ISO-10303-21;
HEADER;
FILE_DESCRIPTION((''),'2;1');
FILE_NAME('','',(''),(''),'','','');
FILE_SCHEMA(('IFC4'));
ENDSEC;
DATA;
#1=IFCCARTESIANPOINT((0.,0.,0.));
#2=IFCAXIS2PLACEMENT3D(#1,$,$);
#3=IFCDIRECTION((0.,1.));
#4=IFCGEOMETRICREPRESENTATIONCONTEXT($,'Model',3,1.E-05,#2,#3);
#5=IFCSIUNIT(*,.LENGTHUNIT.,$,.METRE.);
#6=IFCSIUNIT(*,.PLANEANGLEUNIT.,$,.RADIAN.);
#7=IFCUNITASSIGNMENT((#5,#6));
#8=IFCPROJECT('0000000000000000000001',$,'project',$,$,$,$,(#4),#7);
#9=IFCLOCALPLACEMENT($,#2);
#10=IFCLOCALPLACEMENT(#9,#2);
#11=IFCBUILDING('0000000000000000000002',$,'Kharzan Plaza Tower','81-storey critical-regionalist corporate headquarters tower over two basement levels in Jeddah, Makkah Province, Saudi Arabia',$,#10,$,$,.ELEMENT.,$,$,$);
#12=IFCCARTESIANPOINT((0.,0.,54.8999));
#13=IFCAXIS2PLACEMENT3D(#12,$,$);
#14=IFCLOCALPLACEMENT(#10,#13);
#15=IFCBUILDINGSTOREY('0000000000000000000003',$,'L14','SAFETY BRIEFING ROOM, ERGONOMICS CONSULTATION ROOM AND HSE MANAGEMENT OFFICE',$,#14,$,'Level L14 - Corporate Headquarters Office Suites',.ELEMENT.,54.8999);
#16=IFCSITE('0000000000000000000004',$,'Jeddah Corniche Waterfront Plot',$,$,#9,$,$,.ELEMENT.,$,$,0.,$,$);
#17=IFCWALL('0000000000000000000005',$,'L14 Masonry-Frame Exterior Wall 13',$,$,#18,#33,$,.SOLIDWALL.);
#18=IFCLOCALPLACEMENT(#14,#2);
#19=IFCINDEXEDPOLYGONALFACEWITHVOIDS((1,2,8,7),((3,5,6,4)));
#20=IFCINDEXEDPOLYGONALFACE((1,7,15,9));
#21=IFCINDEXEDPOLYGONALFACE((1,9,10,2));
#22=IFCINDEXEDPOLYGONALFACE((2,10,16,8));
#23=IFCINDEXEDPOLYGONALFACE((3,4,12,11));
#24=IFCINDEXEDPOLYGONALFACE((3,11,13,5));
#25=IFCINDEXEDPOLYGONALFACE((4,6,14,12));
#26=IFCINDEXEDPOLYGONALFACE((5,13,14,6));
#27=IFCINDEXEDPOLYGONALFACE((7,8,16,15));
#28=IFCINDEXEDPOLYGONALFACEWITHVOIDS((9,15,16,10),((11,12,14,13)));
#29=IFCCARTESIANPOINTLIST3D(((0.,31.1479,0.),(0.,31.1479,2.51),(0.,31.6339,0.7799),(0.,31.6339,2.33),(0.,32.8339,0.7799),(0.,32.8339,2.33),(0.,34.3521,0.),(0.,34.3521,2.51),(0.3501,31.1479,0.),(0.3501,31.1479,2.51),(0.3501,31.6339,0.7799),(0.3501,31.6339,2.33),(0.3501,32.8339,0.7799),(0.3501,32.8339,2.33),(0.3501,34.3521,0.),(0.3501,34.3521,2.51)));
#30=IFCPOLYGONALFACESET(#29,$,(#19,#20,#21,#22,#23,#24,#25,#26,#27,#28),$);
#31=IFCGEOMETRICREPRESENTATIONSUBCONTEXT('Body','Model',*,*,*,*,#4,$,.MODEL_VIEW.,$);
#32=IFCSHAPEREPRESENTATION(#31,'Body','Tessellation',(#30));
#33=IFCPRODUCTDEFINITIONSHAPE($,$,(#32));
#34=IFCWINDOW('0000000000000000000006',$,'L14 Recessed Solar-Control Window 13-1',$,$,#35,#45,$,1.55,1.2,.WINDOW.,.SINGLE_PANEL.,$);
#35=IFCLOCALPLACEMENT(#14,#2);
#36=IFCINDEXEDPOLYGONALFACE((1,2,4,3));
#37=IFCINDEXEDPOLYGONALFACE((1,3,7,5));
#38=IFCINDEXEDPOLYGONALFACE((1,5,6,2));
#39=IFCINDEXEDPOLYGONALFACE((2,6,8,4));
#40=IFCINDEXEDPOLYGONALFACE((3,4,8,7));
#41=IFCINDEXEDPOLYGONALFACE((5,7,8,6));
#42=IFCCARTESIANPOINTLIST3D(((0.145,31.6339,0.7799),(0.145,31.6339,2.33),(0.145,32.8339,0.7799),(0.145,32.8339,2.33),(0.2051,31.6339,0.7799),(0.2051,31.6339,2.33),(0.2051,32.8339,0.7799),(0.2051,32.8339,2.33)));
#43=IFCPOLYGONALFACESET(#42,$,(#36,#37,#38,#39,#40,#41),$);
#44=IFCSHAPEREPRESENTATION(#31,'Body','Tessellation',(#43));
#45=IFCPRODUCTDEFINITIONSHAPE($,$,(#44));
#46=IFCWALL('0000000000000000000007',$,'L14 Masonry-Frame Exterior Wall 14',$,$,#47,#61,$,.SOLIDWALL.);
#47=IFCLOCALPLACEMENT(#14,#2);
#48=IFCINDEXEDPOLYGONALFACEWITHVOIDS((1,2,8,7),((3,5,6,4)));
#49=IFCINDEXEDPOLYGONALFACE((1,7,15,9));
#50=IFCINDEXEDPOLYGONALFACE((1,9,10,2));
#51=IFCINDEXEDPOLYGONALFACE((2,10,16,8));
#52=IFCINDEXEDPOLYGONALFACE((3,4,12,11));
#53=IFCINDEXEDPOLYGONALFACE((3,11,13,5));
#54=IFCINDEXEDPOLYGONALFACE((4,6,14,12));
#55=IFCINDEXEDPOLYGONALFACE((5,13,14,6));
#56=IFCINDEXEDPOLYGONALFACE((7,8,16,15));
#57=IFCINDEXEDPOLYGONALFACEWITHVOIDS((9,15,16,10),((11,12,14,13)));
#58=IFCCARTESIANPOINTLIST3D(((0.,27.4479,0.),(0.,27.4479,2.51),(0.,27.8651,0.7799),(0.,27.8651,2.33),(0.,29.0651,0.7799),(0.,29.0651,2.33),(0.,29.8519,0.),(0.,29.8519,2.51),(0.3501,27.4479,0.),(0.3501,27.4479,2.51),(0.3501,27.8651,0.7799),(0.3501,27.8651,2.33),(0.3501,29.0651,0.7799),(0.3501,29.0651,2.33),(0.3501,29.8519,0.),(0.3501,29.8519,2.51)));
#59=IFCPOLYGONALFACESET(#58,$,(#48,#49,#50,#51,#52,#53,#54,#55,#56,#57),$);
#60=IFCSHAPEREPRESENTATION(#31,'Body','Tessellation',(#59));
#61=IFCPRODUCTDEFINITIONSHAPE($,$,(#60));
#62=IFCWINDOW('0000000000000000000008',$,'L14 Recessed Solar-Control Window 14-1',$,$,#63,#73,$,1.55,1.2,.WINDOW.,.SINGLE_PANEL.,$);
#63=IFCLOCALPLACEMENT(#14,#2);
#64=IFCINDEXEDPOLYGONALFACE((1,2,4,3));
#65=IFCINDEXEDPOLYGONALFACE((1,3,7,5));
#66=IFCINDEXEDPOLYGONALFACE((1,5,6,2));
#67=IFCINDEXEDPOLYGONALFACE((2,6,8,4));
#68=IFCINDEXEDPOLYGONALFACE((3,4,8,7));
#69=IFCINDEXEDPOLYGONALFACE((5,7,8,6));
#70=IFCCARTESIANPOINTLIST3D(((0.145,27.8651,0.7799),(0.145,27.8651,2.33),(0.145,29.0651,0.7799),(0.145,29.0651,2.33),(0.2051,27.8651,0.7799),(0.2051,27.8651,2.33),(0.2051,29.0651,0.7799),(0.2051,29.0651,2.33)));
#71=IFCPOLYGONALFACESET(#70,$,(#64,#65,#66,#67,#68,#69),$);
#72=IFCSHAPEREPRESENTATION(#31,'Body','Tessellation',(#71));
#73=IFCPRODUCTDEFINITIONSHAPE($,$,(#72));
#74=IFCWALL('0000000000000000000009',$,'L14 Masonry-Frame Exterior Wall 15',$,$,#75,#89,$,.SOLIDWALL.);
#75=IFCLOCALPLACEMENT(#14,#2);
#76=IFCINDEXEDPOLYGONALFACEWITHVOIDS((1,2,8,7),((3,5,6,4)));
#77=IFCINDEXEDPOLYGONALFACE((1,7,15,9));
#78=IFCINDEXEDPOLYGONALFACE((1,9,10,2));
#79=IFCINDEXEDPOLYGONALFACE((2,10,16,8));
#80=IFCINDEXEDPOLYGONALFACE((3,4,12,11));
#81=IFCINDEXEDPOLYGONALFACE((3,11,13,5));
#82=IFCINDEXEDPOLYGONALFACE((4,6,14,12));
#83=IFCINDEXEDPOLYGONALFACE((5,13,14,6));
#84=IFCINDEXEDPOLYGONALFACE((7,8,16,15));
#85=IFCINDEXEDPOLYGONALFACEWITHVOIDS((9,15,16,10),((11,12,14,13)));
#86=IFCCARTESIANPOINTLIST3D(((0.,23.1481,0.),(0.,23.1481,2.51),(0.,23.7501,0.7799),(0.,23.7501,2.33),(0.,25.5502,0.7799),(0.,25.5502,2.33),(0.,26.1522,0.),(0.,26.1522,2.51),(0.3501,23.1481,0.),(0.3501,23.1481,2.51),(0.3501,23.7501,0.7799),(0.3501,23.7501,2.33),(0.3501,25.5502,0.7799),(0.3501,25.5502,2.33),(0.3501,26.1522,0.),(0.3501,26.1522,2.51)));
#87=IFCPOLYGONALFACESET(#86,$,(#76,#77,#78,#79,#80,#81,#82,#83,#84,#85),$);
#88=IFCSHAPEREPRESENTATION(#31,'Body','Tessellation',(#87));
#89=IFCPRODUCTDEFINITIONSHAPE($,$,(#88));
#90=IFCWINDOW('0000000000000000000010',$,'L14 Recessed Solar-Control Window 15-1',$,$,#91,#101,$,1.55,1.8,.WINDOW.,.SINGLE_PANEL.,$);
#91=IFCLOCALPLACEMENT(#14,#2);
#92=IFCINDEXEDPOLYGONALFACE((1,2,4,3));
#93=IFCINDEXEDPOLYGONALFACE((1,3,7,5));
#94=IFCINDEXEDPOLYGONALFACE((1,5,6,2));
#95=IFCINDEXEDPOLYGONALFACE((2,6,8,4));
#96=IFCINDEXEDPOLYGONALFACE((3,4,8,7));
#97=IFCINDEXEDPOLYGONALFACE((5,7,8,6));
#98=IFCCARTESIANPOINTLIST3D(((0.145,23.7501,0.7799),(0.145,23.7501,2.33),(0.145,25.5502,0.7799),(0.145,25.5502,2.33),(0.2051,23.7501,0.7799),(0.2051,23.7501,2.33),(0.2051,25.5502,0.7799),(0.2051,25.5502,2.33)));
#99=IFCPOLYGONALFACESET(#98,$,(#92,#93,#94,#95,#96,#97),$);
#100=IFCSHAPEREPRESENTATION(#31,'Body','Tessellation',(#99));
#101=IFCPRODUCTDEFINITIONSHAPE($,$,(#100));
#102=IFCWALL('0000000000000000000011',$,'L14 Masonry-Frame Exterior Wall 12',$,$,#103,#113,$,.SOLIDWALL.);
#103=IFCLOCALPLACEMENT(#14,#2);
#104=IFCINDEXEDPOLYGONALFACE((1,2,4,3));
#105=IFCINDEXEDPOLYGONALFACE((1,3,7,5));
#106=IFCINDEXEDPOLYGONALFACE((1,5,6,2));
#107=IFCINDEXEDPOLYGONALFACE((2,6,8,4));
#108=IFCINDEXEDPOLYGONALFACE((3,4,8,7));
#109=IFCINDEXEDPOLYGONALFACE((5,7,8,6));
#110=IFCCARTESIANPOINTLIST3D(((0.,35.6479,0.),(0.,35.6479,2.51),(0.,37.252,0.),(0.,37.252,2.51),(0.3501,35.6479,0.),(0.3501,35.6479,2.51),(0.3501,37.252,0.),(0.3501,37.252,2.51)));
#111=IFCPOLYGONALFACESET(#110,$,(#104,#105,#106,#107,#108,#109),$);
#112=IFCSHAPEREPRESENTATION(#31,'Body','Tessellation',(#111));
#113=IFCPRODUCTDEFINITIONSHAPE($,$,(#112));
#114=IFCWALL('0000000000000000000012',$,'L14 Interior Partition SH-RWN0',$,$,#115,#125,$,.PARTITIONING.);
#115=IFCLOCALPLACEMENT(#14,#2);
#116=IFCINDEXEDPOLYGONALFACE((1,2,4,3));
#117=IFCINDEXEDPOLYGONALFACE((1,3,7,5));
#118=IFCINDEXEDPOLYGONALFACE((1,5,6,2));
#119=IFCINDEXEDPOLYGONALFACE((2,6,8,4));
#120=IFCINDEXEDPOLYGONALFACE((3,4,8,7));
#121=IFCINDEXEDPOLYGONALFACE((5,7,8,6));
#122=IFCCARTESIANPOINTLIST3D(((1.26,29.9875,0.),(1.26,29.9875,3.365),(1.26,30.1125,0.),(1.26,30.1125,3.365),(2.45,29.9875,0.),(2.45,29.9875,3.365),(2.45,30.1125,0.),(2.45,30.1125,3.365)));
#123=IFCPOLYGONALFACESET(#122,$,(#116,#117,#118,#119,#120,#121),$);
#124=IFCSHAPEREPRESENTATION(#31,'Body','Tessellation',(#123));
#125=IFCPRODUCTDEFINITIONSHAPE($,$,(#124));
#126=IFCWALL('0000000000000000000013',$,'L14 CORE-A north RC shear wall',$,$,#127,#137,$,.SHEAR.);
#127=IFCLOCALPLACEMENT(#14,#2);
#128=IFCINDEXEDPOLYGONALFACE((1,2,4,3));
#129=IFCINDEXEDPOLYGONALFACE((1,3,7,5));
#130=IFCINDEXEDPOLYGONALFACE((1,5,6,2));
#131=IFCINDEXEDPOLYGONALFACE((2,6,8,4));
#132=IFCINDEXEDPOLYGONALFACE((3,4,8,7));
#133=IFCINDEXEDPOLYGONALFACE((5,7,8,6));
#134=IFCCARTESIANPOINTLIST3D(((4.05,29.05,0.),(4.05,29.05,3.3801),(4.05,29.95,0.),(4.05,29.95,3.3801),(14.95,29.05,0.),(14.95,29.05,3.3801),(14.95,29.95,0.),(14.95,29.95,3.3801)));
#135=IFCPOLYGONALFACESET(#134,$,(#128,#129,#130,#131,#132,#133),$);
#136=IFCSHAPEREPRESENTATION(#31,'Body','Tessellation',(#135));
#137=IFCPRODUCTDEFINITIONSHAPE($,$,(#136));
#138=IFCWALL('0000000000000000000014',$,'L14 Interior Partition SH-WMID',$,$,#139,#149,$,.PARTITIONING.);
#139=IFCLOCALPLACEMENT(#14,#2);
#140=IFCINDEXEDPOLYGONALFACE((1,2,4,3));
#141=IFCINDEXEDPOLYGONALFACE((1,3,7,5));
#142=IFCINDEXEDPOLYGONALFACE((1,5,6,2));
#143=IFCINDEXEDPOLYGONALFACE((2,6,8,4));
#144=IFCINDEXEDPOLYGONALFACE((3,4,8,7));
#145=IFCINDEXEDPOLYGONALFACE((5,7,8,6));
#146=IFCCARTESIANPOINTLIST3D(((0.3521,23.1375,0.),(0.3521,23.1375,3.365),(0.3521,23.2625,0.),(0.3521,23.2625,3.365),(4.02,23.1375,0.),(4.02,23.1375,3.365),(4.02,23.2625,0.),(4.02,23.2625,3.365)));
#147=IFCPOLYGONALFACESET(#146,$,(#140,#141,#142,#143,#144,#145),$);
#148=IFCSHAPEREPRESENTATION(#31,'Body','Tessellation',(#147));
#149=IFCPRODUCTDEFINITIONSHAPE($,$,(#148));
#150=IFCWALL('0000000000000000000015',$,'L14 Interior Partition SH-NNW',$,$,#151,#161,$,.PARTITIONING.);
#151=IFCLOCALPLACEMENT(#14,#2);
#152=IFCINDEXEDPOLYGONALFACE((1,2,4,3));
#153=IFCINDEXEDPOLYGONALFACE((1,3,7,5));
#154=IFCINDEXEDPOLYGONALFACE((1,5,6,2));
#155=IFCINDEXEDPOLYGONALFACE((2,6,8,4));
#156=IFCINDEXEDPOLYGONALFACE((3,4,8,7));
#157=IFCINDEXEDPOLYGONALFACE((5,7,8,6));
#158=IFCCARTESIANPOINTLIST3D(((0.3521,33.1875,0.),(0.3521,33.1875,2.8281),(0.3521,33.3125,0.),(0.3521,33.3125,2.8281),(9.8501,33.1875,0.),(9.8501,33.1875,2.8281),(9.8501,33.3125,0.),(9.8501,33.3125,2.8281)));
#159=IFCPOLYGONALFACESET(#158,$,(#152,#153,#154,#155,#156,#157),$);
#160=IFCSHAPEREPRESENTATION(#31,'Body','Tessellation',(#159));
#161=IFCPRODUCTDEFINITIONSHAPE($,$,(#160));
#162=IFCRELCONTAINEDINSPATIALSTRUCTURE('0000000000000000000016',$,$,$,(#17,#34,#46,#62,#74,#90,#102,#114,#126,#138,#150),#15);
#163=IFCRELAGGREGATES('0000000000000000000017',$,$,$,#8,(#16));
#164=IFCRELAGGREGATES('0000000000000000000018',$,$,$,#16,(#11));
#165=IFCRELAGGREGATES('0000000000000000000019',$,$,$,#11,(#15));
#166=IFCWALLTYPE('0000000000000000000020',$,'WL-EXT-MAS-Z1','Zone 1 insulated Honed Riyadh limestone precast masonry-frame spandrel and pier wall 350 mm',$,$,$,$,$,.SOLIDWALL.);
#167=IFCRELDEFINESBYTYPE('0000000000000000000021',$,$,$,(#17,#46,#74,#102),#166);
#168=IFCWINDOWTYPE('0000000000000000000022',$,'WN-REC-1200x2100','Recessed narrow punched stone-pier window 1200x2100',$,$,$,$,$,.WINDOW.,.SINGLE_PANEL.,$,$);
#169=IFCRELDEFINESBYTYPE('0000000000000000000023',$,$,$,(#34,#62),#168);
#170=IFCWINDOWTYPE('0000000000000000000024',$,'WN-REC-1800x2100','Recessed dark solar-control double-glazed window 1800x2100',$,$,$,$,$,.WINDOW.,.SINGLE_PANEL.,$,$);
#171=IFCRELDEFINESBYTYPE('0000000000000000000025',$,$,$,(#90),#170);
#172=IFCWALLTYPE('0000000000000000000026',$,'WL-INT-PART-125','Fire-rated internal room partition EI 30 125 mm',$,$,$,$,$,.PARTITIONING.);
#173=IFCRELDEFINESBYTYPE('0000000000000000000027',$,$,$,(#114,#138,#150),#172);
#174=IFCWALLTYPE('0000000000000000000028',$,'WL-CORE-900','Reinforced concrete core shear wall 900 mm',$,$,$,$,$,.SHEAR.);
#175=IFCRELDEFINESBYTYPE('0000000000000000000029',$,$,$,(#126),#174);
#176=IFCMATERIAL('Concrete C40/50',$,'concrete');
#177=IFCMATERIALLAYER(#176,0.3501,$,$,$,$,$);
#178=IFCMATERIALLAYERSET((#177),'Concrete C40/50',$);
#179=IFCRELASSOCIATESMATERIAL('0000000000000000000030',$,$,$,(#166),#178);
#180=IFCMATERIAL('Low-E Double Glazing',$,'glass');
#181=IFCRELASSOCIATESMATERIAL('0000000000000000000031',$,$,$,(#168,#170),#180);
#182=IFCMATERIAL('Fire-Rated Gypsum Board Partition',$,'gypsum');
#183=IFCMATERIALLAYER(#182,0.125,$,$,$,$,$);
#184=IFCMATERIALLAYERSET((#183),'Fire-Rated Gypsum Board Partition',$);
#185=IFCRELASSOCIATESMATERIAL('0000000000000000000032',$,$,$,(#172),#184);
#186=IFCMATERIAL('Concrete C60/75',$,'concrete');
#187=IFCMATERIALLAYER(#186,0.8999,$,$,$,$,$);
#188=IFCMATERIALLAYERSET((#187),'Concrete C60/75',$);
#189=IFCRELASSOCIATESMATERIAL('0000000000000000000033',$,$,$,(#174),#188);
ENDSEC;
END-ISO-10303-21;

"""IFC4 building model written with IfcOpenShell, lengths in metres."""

from ifc_helpers import new_model, si_unit, direction, frame, frame_2d, origin, place, context, subcontext, project, spatial, rectangle, extrude, source, transform, mapped, material, layer, layer_set, type_object, element, fill, save


model = new_model("IFC4")

# Units and contexts
model_context = context("Model", 3, precision=1e-05, world=origin(), true_north=direction((0.0, 1.0)))
body_context = subcontext(model_context, "Body", "Model", "MODEL_VIEW")
ifc_project = project(units=[si_unit("LENGTHUNIT", "METRE"), si_unit("PLANEANGLEUNIT", "RADIAN")], contexts=[model_context])

# Site, building, storey
site_placement = place(None, origin())
site = spatial("IfcSite", under=ifc_project, at=site_placement, Name="Jeddah Corniche Waterfront Plot", CompositionType="ELEMENT", RefElevation=0.0)
building_placement = place(site_placement, origin())
building = spatial("IfcBuilding", under=site, at=building_placement, Name="Kharzan Plaza Tower", Description="81-storey critical-regionalist corporate headquarters tower over two basement levels in Jeddah, Makkah Province, Saudi Arabia", CompositionType="ELEMENT")
storey_placement = place(building_placement, frame((0.0, 0.0, 54.8999)))
storey = spatial("IfcBuildingStorey", under=building, at=storey_placement, Name="L14", Description="SAFETY BRIEFING ROOM, ERGONOMICS CONSULTATION ROOM AND HSE MANAGEMENT OFFICE", LongName="Level L14 - Corporate Headquarters Office Suites", CompositionType="ELEMENT", Elevation=54.8999)

# Shared definitions
ifc_material_1 = material(Name="Concrete C60/75", Category="concrete")

# Walls, openings, windows
ifc_material_2 = material(Name="Concrete C40/50", Category="concrete")
ifc_layer_1 = layer(ifc_material_2, 0.3501)
ifc_layer_set_1 = layer_set([ifc_layer_1], Name="Concrete C40/50")
wall_type_1 = type_object("IfcWallType", Name="WL-EXT-MAS-Z1", Description="Zone 1 insulated Honed Riyadh limestone precast masonry-frame spandrel and pier wall 350 mm", PredefinedType="SOLIDWALL", material=ifc_layer_set_1)
wall_1_placement = place(storey_placement, frame((0.175, 34.3521, 0.0), z_axis=(0.0, 0.0, 1.0), x_axis=(0.0, -1.0, 0.0)))
wall_1 = element("IfcWall", 1, at=wall_1_placement, inside=storey, type_object=wall_type_1, Name="L14 Masonry-Frame Exterior Wall 13", PredefinedType="SOLIDWALL", context=body_context, shape_type="SweptSolid", body=[
    extrude(rectangle(XDim=3.2041, YDim=0.3501, at=frame_2d((1.6021, 0.0))), origin(), (0.0, 0.0, 1.0), 2.51),
])
opening_1_placement = place(wall_1_placement, frame((1.5181, 0.0, 0.78)))
opening_1 = element("IfcOpeningElement", 2, at=opening_1_placement, cuts=wall_1, PredefinedType="OPENING", context=body_context, shape_type="SweptSolid", body=[
    extrude(rectangle(XDim=1.2, YDim=1.55, at=frame_2d((0.6001, 0.7749))), frame((0.0, 0.1851, 0.0), z_axis=(0.0, -1.0, 0.0), x_axis=(1.0, 0.0, 0.0)), (0.0, 0.0, 1.0), 0.3701),
])
ifc_material_3 = material(Name="Low-E Double Glazing", Category="glass")
window_type_1 = type_object("IfcWindowType", Name="WN-REC-1200x2100", Description="Recessed narrow punched stone-pier window 1200x2100", PartitioningType="SINGLE_PANEL", PredefinedType="WINDOW", material=ifc_material_3)
shared_shape_1 = source(origin(), body_context, "Body", "SweptSolid", [
    extrude(rectangle(XDim=1.2, YDim=1.55, at=frame_2d((0.6001, 0.7749))), frame((0.0, 0.03, 0.0), z_axis=(0.0, -1.0, 0.0), x_axis=(1.0, 0.0, 0.0)), (0.0, 0.0, 1.0), 0.0601),
])
window_1_placement = place(opening_1_placement, origin())
window_1 = element("IfcWindow", 3, at=window_1_placement, inside=storey, type_object=window_type_1, Name="L14 Recessed Solar-Control Window 13-1", OverallHeight=1.55, OverallWidth=1.2, PartitioningType="SINGLE_PANEL", PredefinedType="WINDOW", context=body_context, shape_type="MappedRepresentation", body=[
    mapped(shared_shape_1, transform((0.0, 0.0, 0.0), x_axis=(1.0, 0.0, 0.0), y_axis=(0.0, 1.0, 0.0), z_axis=(0.0, 0.0, 1.0))),
])
fill(opening_1, window_1)
wall_2_placement = place(storey_placement, frame((0.175, 29.8521, 0.0), z_axis=(0.0, 0.0, 1.0), x_axis=(0.0, -1.0, 0.0)))
wall_2 = element("IfcWall", 4, at=wall_2_placement, inside=storey, type_object=wall_type_1, Name="L14 Masonry-Frame Exterior Wall 14", PredefinedType="SOLIDWALL", context=body_context, shape_type="SweptSolid", body=[
    extrude(rectangle(XDim=2.4041, YDim=0.3501, at=frame_2d((1.2021, 0.0))), origin(), (0.0, 0.0, 1.0), 2.51),
])
opening_2_placement = place(wall_2_placement, frame((0.7869, 0.0, 0.78)))
opening_2 = element("IfcOpeningElement", 5, at=opening_2_placement, cuts=wall_2, PredefinedType="OPENING", context=body_context, shape_type="SweptSolid", body=[
    extrude(rectangle(XDim=1.2, YDim=1.55, at=frame_2d((0.6001, 0.7749))), frame((0.0, 0.1851, 0.0), z_axis=(0.0, -1.0, 0.0), x_axis=(1.0, 0.0, 0.0)), (0.0, 0.0, 1.0), 0.3701),
])
window_2_placement = place(opening_2_placement, origin())
window_2 = element("IfcWindow", 6, at=window_2_placement, inside=storey, type_object=window_type_1, Name="L14 Recessed Solar-Control Window 14-1", OverallHeight=1.55, OverallWidth=1.2, PartitioningType="SINGLE_PANEL", PredefinedType="WINDOW", context=body_context, shape_type="MappedRepresentation", body=[
    mapped(shared_shape_1, transform((0.0, 0.0, 0.0), x_axis=(1.0, 0.0, 0.0), y_axis=(0.0, 1.0, 0.0), z_axis=(0.0, 0.0, 1.0))),
])
fill(opening_2, window_2)
wall_3_placement = place(storey_placement, frame((0.175, 26.1521, 0.0), z_axis=(0.0, 0.0, 1.0), x_axis=(0.0, -1.0, 0.0)))
wall_3 = element("IfcWall", 7, at=wall_3_placement, inside=storey, type_object=wall_type_1, Name="L14 Masonry-Frame Exterior Wall 15", PredefinedType="SOLIDWALL", context=body_context, shape_type="SweptSolid", body=[
    extrude(rectangle(XDim=3.0042, YDim=0.3501, at=frame_2d((1.502, 0.0))), origin(), (0.0, 0.0, 1.0), 2.51),
])
opening_3_placement = place(wall_3_placement, frame((0.6021, 0.0, 0.78)))
opening_3 = element("IfcOpeningElement", 8, at=opening_3_placement, cuts=wall_3, PredefinedType="OPENING", context=body_context, shape_type="SweptSolid", body=[
    extrude(rectangle(XDim=1.8, YDim=1.55, at=frame_2d((0.8999, 0.7749))), frame((0.0, 0.1851, 0.0), z_axis=(0.0, -1.0, 0.0), x_axis=(1.0, 0.0, 0.0)), (0.0, 0.0, 1.0), 0.3701),
])
window_type_2 = type_object("IfcWindowType", Name="WN-REC-1800x2100", Description="Recessed dark solar-control double-glazed window 1800x2100", PartitioningType="SINGLE_PANEL", PredefinedType="WINDOW", material=ifc_material_3)
shared_shape_2 = source(origin(), body_context, "Body", "SweptSolid", [
    extrude(rectangle(XDim=1.8, YDim=1.55, at=frame_2d((0.8999, 0.7749))), frame((0.0, 0.03, 0.0), z_axis=(0.0, -1.0, 0.0), x_axis=(1.0, 0.0, 0.0)), (0.0, 0.0, 1.0), 0.0601),
])
window_3_placement = place(opening_3_placement, origin())
window_3 = element("IfcWindow", 9, at=window_3_placement, inside=storey, type_object=window_type_2, Name="L14 Recessed Solar-Control Window 15-1", OverallHeight=1.55, OverallWidth=1.8, PartitioningType="SINGLE_PANEL", PredefinedType="WINDOW", context=body_context, shape_type="MappedRepresentation", body=[
    mapped(shared_shape_2, transform((0.0, 0.0, 0.0), x_axis=(1.0, 0.0, 0.0), y_axis=(0.0, 1.0, 0.0), z_axis=(0.0, 0.0, 1.0))),
])
fill(opening_3, window_3)

# Shared definitions
ifc_material_4 = material(Name="Fire-Rated Gypsum Board Partition", Category="gypsum")
ifc_layer_2 = layer(ifc_material_4, 0.125)
ifc_layer_set_2 = layer_set([ifc_layer_2], Name="Fire-Rated Gypsum Board Partition")
wall_type_2 = type_object("IfcWallType", Name="WL-INT-PART-125", Description="Fire-rated internal room partition EI 30 125 mm", PredefinedType="PARTITIONING", material=ifc_layer_set_2)

# Walls
shared_shape_3 = source(origin(), body_context, "Body", "SweptSolid", [
    extrude(rectangle(XDim=1.604, YDim=0.3501, at=frame_2d((0.802, 0.0))), origin(), (0.0, 0.0, 1.0), 2.51),
])
wall_4_placement = place(storey_placement, frame((0.175, 37.252, 0.0), z_axis=(0.0, 0.0, 1.0), x_axis=(0.0, -1.0, 0.0)))
element("IfcWall", 10, at=wall_4_placement, inside=storey, type_object=wall_type_1, Name="L14 Masonry-Frame Exterior Wall 12", PredefinedType="SOLIDWALL", context=body_context, shape_type="MappedRepresentation", body=[
    mapped(shared_shape_3, transform((0.0, 0.0, 0.0), x_axis=(1.0, 0.0, 0.0), y_axis=(0.0, 1.0, 0.0), z_axis=(0.0, 0.0, 1.0))),
])
shared_shape_4 = source(origin(), body_context, "Body", "SweptSolid", [
    extrude(rectangle(XDim=1.1899, YDim=0.125, at=frame_2d((0.595, 0.0))), origin(), (0.0, 0.0, 1.0), 3.365),
])
wall_5_placement = place(storey_placement, frame((1.26, 30.05, 0.0), z_axis=(0.0, 0.0, 1.0), x_axis=(1.0, 0.0, 0.0)))
element("IfcWall", 11, at=wall_5_placement, inside=storey, type_object=wall_type_2, Name="L14 Interior Partition SH-RWN0", PredefinedType="PARTITIONING", context=body_context, shape_type="MappedRepresentation", body=[
    mapped(shared_shape_4, transform((0.0, 0.0, 0.0), x_axis=(1.0, 0.0, 0.0), y_axis=(0.0, 1.0, 0.0), z_axis=(0.0, 0.0, 1.0))),
])
ifc_layer_3 = layer(ifc_material_1, 0.8999)
ifc_layer_set_3 = layer_set([ifc_layer_3], Name="Concrete C60/75")
wall_type_3 = type_object("IfcWallType", Name="WL-CORE-900", Description="Reinforced concrete core shear wall 900 mm", PredefinedType="SHEAR", material=ifc_layer_set_3)
shared_shape_5 = source(origin(), body_context, "Body", "SweptSolid", [
    extrude(rectangle(XDim=10.8999, YDim=0.8999, at=frame_2d((5.45, 0.0))), origin(), (0.0, 0.0, 1.0), 3.3801),
])
wall_6_placement = place(storey_placement, frame((4.05, 29.5, 0.0), z_axis=(0.0, 0.0, 1.0), x_axis=(1.0, 0.0, 0.0)))
element("IfcWall", 12, at=wall_6_placement, inside=storey, type_object=wall_type_3, Name="L14 CORE-A north RC shear wall", PredefinedType="SHEAR", context=body_context, shape_type="MappedRepresentation", body=[
    mapped(shared_shape_5, transform((0.0, 0.0, 0.0), x_axis=(1.0, 0.0, 0.0), y_axis=(0.0, 1.0, 0.0), z_axis=(0.0, 0.0, 1.0))),
])
shared_shape_6 = source(origin(), body_context, "Body", "SweptSolid", [
    extrude(rectangle(XDim=3.668, YDim=0.125, at=frame_2d((1.834, 0.0))), origin(), (0.0, 0.0, 1.0), 3.365),
])
wall_7_placement = place(storey_placement, frame((0.3521, 23.2, 0.0), z_axis=(0.0, 0.0, 1.0), x_axis=(1.0, 0.0, 0.0)))
element("IfcWall", 13, at=wall_7_placement, inside=storey, type_object=wall_type_2, Name="L14 Interior Partition SH-WMID", PredefinedType="PARTITIONING", context=body_context, shape_type="MappedRepresentation", body=[
    mapped(shared_shape_6, transform((0.0, 0.0, 0.0), x_axis=(1.0, 0.0, 0.0), y_axis=(0.0, 1.0, 0.0), z_axis=(0.0, 0.0, 1.0))),
])
shared_shape_7 = source(origin(), body_context, "Body", "SweptSolid", [
    extrude(rectangle(XDim=9.498, YDim=0.125, at=frame_2d((4.749, 0.0))), origin(), (0.0, 0.0, 1.0), 2.8281),
])
wall_8_placement = place(storey_placement, frame((0.3521, 33.25, 0.0), z_axis=(0.0, 0.0, 1.0), x_axis=(1.0, 0.0, 0.0)))
element("IfcWall", 14, at=wall_8_placement, inside=storey, type_object=wall_type_2, Name="L14 Interior Partition SH-NNW", PredefinedType="PARTITIONING", context=body_context, shape_type="MappedRepresentation", body=[
    mapped(shared_shape_7, transform((0.0, 0.0, 0.0), x_axis=(1.0, 0.0, 0.0), y_axis=(0.0, 1.0, 0.0), z_axis=(0.0, 0.0, 1.0))),
])

save(model, "model.ifc")
